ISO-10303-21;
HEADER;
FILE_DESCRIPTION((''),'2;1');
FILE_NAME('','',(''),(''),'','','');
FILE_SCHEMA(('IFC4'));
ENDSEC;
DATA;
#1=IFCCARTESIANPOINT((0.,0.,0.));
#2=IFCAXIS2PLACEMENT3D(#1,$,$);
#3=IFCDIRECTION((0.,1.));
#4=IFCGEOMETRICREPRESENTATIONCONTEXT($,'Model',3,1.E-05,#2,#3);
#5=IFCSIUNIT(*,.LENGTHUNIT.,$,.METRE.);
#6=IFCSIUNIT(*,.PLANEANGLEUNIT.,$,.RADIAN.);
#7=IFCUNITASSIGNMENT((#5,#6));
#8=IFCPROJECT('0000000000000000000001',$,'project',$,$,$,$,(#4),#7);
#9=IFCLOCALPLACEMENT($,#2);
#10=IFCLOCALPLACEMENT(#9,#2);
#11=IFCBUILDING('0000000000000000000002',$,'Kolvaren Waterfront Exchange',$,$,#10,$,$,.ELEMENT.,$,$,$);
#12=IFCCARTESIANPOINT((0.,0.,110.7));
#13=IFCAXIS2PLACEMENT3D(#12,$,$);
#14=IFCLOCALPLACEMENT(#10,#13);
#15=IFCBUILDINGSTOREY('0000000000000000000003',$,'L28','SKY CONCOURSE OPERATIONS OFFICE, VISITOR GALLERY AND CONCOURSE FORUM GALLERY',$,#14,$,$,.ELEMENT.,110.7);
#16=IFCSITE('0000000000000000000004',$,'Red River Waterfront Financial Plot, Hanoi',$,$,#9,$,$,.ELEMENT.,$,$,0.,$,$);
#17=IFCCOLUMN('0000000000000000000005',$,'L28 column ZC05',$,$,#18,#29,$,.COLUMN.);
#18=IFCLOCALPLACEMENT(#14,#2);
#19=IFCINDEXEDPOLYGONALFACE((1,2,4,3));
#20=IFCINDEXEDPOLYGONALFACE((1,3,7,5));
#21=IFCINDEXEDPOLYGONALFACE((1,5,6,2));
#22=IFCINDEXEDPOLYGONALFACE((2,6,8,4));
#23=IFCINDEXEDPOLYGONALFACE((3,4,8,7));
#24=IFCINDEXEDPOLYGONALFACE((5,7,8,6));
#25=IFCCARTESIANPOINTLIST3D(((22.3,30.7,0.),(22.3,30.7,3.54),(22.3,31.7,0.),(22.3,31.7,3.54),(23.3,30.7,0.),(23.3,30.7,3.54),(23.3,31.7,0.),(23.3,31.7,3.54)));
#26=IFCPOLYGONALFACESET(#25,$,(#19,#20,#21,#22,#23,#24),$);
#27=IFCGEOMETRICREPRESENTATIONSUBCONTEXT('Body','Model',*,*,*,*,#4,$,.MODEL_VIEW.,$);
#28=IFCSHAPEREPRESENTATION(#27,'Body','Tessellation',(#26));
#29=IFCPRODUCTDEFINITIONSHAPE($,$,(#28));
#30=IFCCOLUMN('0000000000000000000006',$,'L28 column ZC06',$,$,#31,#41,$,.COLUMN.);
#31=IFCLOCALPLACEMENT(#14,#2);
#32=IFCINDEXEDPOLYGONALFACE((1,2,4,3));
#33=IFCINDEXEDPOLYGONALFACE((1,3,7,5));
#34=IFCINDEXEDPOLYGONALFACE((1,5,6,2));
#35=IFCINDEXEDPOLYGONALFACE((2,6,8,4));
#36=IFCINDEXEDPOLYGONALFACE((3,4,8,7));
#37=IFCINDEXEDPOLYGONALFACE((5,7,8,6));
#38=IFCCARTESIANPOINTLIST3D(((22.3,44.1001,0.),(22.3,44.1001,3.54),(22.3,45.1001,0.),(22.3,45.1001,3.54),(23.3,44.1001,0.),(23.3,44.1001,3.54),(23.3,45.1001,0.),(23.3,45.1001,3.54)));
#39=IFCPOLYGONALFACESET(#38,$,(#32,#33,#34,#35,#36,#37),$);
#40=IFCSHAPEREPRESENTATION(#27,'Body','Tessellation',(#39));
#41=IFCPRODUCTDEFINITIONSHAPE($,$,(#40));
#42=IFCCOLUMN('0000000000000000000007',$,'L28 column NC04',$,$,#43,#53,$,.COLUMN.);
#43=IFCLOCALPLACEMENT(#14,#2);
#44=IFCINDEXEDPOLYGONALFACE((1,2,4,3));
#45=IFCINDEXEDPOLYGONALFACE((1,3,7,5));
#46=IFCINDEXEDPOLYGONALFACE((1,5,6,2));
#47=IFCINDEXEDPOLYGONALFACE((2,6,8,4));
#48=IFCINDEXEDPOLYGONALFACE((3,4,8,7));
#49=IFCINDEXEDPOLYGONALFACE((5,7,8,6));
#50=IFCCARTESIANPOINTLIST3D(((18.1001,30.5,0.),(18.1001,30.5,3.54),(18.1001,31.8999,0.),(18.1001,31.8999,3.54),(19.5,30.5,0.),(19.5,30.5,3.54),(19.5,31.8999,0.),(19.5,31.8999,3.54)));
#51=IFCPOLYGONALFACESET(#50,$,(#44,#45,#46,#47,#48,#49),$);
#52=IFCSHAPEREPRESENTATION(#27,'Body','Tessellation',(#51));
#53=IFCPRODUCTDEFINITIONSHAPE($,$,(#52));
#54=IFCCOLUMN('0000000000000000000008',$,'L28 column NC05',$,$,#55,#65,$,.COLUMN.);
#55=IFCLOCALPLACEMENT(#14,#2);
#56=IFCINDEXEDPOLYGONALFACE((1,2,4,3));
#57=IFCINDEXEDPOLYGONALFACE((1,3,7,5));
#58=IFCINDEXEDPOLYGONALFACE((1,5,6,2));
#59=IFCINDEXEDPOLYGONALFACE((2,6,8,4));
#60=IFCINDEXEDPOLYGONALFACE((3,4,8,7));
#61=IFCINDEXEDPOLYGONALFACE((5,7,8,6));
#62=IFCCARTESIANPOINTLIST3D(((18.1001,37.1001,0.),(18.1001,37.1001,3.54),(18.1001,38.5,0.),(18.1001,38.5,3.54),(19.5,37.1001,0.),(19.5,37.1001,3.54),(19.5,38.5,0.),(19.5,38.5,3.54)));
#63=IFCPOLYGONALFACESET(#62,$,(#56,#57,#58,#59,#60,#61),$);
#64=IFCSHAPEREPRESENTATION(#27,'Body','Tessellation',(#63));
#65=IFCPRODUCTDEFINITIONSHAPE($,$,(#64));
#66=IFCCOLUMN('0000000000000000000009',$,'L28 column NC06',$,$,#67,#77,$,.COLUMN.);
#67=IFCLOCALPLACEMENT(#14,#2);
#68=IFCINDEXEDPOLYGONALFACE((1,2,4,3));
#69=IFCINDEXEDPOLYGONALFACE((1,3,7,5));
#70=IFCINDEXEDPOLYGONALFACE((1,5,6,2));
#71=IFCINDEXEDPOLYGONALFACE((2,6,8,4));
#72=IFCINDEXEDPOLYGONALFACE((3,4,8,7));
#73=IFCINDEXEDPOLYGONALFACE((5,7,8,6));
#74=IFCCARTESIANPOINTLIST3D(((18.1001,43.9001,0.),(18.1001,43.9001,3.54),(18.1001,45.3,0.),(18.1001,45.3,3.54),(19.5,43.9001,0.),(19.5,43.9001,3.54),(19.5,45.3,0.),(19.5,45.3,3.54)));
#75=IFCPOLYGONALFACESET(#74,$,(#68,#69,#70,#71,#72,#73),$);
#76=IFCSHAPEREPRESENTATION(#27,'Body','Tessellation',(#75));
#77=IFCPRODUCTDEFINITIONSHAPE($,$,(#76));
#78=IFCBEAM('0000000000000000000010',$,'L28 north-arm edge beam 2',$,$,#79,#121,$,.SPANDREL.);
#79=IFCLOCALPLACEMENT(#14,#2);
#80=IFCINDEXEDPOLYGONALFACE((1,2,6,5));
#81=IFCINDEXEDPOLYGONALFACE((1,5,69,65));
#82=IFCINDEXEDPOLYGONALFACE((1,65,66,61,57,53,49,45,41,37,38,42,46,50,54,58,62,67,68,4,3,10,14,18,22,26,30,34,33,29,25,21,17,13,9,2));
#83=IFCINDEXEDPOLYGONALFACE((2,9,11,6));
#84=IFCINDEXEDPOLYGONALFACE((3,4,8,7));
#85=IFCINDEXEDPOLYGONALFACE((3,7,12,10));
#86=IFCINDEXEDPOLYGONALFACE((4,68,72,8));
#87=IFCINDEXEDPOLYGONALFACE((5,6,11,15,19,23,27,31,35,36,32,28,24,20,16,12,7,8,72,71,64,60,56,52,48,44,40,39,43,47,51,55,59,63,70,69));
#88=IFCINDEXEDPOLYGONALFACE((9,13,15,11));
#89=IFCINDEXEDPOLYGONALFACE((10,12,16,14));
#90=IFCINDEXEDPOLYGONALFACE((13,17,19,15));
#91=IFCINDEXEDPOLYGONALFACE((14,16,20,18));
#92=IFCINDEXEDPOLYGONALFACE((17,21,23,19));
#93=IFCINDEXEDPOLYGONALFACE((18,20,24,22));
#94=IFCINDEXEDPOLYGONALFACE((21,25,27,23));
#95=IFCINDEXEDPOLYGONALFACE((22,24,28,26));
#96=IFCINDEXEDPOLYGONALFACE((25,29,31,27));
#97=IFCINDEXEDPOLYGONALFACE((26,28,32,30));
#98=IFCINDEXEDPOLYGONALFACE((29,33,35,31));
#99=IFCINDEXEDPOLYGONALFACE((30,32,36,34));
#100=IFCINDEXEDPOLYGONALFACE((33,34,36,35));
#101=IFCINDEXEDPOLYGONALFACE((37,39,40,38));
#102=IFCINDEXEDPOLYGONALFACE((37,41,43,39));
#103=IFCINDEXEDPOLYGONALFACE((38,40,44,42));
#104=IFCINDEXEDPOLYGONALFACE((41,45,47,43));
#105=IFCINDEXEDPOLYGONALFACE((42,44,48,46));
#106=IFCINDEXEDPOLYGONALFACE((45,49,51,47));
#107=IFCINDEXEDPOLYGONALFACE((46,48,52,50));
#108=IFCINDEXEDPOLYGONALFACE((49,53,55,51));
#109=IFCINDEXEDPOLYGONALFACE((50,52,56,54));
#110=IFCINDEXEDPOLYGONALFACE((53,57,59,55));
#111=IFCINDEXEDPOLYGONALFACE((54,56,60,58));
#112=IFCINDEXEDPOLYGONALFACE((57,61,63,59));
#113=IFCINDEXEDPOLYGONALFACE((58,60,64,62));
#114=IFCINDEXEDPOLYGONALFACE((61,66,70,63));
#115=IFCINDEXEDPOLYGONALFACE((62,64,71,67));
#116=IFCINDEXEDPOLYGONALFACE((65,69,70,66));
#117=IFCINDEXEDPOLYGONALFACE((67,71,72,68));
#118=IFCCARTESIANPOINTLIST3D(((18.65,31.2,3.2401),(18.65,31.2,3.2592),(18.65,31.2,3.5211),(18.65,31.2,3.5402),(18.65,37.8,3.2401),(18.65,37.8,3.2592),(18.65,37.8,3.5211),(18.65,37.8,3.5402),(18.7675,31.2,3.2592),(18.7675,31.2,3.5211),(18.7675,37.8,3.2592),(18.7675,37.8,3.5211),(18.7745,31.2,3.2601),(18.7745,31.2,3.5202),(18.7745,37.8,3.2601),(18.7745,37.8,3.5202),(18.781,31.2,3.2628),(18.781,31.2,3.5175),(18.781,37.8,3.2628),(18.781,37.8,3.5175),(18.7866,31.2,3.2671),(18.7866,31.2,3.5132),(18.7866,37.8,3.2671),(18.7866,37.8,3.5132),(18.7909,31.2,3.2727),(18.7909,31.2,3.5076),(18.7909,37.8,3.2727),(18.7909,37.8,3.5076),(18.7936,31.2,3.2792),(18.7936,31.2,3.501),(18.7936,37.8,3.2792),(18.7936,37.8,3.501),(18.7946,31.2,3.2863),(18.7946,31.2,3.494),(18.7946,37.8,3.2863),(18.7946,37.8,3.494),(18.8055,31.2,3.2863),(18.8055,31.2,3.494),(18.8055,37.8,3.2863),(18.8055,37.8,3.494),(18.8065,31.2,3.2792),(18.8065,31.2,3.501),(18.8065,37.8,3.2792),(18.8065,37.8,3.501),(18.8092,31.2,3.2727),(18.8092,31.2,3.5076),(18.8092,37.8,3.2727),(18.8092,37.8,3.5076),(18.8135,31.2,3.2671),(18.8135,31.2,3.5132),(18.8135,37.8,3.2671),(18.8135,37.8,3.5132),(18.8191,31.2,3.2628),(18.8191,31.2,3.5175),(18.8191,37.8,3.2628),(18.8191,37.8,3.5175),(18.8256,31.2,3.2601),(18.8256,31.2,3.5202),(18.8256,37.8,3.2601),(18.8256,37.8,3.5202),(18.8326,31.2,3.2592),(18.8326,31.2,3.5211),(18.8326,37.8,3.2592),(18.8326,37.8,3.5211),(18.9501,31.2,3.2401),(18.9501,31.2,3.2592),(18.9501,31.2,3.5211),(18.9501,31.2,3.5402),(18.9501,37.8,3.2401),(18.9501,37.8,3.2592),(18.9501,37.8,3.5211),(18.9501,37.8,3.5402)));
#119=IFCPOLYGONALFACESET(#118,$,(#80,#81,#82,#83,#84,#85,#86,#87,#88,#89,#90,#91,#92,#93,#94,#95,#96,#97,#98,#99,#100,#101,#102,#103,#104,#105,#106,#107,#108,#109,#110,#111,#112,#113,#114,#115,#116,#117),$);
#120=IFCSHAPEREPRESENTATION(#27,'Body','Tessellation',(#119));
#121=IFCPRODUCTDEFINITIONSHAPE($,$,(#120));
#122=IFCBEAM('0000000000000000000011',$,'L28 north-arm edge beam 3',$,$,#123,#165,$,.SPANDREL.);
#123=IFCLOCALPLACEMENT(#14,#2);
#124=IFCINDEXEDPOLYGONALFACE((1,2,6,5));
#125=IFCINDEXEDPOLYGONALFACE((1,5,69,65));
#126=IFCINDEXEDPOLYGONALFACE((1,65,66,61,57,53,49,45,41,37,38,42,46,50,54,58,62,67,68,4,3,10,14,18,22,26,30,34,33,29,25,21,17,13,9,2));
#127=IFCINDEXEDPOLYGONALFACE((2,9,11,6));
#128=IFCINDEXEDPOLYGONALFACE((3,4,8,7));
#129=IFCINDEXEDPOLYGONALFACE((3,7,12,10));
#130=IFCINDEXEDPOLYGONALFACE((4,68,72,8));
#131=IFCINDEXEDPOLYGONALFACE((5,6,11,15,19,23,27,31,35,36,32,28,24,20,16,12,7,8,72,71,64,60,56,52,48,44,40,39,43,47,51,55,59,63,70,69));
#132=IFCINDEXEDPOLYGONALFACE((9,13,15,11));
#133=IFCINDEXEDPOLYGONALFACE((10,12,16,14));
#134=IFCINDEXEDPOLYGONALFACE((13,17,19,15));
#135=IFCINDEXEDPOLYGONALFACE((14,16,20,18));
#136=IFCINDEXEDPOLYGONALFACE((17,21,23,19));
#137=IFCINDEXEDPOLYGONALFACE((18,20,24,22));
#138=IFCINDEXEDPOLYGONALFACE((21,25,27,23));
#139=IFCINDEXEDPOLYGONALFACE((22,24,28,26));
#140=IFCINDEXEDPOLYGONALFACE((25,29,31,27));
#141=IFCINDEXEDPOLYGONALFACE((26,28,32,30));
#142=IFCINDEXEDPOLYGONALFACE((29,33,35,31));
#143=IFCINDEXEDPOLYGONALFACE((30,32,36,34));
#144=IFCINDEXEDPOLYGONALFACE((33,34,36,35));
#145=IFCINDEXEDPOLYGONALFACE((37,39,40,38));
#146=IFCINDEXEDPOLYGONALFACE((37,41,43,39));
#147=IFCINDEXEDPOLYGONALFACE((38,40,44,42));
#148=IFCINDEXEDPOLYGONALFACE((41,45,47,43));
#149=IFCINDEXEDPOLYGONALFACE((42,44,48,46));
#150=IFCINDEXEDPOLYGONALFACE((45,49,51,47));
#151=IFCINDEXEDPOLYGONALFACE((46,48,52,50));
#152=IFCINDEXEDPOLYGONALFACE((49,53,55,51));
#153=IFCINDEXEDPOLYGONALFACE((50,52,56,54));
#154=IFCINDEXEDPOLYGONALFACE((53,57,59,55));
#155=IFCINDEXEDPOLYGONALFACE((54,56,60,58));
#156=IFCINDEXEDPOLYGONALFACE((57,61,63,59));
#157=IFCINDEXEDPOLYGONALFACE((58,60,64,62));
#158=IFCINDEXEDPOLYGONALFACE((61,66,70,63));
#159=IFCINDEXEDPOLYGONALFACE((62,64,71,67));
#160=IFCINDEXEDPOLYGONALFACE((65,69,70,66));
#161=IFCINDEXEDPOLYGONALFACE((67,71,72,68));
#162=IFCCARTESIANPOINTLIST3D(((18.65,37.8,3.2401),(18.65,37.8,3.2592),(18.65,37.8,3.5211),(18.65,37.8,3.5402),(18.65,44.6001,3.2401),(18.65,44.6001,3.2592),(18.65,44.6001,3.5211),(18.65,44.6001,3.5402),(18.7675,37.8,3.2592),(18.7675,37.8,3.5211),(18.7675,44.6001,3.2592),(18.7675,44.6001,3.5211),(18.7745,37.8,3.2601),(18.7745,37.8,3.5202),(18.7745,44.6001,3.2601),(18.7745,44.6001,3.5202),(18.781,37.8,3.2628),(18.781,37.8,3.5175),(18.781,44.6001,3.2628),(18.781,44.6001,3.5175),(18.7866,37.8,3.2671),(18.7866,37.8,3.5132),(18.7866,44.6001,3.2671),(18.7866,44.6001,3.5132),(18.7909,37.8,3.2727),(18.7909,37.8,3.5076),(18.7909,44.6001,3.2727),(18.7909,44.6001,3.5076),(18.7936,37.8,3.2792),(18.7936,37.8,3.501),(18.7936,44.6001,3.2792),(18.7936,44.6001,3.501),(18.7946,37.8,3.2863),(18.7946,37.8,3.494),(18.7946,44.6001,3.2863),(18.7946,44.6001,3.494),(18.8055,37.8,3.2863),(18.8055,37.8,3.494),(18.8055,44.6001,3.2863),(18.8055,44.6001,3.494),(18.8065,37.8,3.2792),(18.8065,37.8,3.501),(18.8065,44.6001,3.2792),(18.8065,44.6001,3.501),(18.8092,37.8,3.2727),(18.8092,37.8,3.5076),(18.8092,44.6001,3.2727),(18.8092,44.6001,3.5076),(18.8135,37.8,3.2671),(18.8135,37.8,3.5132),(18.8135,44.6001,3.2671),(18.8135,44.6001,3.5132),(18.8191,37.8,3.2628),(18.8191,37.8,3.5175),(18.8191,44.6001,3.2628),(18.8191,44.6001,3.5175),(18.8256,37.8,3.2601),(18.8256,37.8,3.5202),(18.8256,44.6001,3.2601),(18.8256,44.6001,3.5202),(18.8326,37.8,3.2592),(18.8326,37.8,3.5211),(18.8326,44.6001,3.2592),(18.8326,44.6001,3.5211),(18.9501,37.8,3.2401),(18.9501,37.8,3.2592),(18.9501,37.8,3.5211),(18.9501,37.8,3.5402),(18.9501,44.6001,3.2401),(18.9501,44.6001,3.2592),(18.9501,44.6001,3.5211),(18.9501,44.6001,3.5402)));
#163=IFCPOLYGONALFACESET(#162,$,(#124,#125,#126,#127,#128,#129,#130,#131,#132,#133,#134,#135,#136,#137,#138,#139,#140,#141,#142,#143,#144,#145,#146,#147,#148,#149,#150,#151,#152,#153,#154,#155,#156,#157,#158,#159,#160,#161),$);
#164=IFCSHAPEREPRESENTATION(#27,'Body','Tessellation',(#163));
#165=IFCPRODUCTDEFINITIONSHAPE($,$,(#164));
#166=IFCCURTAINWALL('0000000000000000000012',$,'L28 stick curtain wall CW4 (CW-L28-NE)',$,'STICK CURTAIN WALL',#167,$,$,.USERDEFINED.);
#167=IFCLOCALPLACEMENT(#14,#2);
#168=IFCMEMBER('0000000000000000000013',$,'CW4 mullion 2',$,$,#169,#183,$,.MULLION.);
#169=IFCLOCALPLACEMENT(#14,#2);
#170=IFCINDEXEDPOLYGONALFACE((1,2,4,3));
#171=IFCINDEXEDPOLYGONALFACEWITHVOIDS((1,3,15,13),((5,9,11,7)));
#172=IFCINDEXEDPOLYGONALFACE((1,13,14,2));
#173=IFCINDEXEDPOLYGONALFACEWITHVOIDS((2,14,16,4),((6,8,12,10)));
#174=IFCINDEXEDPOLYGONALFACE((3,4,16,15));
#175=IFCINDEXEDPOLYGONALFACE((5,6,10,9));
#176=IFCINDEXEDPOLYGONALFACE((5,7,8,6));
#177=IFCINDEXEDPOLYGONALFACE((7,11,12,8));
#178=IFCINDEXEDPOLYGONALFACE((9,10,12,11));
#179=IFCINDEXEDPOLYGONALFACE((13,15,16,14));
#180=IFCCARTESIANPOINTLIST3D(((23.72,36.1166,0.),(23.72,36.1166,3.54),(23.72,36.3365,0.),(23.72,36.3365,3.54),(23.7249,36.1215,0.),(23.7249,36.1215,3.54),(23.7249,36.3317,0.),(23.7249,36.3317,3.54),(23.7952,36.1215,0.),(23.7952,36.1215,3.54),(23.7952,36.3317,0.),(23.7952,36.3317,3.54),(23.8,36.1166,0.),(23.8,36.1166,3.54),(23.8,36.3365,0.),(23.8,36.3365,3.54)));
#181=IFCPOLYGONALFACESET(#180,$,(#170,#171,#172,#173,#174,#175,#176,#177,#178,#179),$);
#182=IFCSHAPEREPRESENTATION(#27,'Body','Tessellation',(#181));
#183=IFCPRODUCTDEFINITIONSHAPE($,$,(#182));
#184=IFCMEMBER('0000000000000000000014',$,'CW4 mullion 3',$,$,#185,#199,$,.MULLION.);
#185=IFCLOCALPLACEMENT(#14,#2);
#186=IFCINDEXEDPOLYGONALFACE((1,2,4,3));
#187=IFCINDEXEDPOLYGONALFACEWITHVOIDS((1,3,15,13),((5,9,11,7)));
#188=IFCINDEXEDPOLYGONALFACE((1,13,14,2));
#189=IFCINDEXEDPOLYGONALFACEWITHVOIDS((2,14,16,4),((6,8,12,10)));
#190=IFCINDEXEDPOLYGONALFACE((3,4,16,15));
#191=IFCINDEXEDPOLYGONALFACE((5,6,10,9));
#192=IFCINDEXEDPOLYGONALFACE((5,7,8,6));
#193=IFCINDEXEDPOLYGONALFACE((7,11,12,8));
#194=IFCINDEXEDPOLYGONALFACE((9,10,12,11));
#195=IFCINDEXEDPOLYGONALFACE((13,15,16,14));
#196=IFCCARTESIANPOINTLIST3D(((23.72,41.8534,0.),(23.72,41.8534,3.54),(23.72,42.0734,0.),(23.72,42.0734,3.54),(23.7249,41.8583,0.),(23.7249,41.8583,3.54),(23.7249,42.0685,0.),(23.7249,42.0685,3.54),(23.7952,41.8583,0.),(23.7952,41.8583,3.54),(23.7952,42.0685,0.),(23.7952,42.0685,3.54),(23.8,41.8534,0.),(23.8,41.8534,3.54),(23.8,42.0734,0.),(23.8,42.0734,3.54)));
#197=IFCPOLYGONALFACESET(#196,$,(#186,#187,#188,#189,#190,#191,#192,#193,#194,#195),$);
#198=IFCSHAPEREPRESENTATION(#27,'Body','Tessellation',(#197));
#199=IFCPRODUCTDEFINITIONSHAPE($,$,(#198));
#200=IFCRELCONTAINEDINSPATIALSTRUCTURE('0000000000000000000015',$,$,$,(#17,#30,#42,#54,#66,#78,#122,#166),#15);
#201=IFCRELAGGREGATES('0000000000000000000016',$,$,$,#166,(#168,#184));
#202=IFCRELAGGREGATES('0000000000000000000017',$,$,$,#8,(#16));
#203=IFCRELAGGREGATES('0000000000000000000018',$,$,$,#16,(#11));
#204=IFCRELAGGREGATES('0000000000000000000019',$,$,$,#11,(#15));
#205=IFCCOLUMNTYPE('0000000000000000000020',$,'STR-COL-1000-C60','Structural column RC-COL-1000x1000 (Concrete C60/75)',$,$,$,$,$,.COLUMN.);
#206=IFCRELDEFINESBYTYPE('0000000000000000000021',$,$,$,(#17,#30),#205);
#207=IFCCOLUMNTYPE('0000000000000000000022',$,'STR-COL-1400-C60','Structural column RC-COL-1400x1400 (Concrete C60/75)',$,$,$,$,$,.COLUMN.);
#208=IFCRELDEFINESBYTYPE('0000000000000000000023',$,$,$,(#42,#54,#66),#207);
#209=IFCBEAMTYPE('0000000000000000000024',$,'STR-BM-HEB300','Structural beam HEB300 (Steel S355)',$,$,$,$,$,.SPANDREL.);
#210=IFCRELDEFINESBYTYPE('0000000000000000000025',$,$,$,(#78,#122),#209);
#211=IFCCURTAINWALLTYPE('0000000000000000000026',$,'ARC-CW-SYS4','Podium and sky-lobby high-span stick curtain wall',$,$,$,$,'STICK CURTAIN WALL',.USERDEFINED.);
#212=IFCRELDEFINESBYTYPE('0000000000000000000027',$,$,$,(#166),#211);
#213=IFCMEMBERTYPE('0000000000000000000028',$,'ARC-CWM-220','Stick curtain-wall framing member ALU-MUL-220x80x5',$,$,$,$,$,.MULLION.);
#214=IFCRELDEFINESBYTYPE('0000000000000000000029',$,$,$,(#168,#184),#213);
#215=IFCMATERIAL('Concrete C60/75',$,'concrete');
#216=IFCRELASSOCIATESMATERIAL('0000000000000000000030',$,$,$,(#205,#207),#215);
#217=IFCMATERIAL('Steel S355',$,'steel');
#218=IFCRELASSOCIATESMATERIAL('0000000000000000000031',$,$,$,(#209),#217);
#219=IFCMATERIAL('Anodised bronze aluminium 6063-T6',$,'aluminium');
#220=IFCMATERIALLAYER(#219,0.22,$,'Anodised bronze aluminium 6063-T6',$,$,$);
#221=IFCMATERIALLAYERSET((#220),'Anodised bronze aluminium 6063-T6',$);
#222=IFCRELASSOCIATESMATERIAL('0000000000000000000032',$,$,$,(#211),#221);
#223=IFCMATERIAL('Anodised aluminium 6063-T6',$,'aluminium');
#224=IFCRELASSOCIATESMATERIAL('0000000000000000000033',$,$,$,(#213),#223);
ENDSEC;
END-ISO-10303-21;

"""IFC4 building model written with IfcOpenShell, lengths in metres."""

from ifc_helpers import new_model, si_unit, direction, frame, origin, origin_with_axes, origin_2d, place, context, subcontext, project, spatial, rectangle, hollow_rectangle, i_section, extrude, source, transform, mapped, material, layer, layer_set, material_profile, profile_set, type_object, element, aggregate, save


model = new_model("IFC4")

# Units and contexts
model_context = context("Model", 3, precision=1e-05, world=origin(), true_north=direction((0.0, 1.0)))
body_context = subcontext(model_context, "Body", "Model", "MODEL_VIEW")
ifc_project = project(units=[si_unit("LENGTHUNIT", "METRE"), si_unit("PLANEANGLEUNIT", "RADIAN")], contexts=[model_context])

# Site, building, storey
site_placement = place(None, origin())
site = spatial("IfcSite", under=ifc_project, at=site_placement, Name="Red River Waterfront Financial Plot, Hanoi", CompositionType="ELEMENT", RefElevation=0.0)
building_placement = place(site_placement, origin())
building = spatial("IfcBuilding", under=site, at=building_placement, Name="Kolvaren Waterfront Exchange", CompositionType="ELEMENT")
storey_placement = place(building_placement, frame((0.0, 0.0, 110.7)))
storey = spatial("IfcBuildingStorey", under=building, at=storey_placement, Name="L28", Description="SKY CONCOURSE OPERATIONS OFFICE, VISITOR GALLERY AND CONCOURSE FORUM GALLERY", CompositionType="ELEMENT", Elevation=110.7)

# Columns
ifc_material_1 = material(Name="Concrete C60/75", Category="concrete")
ifc_material_profile_1 = material_profile(ifc_material_1, rectangle(XDim=1.0, YDim=1.0, at=origin_2d()), Name="RC-COL-1000x1000")
ifc_profile_set_1 = profile_set([ifc_material_profile_1], Name="Concrete C60/75")
column_type_1 = type_object("IfcColumnType", Name="STR-COL-1000-C60", Description="Structural column RC-COL-1000x1000 (Concrete C60/75)", PredefinedType="COLUMN", material=ifc_profile_set_1)
for number, where, z_axis, x_axis, name in (
    (1, (22.8, 31.2, 0.0), (0.0, 0.0, 1.0), (1.0, 0.0, 0.0), "L28 column ZC05"),
    (2, (22.8, 44.6001, 0.0), (0.0, 0.0, 1.0), (1.0, 0.0, 0.0), "L28 column ZC06"),
):
    element("IfcColumn", number, at=place(storey_placement, frame(where, z_axis=z_axis, x_axis=x_axis)), inside=storey, type_object=column_type_1, Name=name, PredefinedType="COLUMN", context=body_context, shape_type="SweptSolid", body=[
        extrude(rectangle(XDim=1.0, YDim=1.0, at=origin_2d()), origin(), (0.0, 0.0, 1.0), 3.54),
    ])
ifc_material_profile_2 = material_profile(ifc_material_1, rectangle(XDim=1.3999, YDim=1.3999, at=origin_2d()), Name="RC-COL-1400x1400")
ifc_profile_set_2 = profile_set([ifc_material_profile_2], Name="Concrete C60/75")
column_type_2 = type_object("IfcColumnType", Name="STR-COL-1400-C60", Description="Structural column RC-COL-1400x1400 (Concrete C60/75)", PredefinedType="COLUMN", material=ifc_profile_set_2)
for number, where, z_axis, x_axis, name in (
    (3, (18.8, 31.2, 0.0), (0.0, 0.0, 1.0), (1.0, 0.0, 0.0), "L28 column NC04"),
    (4, (18.8, 37.8, 0.0), (0.0, 0.0, 1.0), (1.0, 0.0, 0.0), "L28 column NC05"),
    (5, (18.8, 44.6001, 0.0), (0.0, 0.0, 1.0), (1.0, 0.0, 0.0), "L28 column NC06"),
):
    element("IfcColumn", number, at=place(storey_placement, frame(where, z_axis=z_axis, x_axis=x_axis)), inside=storey, type_object=column_type_2, Name=name, PredefinedType="COLUMN", context=body_context, shape_type="SweptSolid", body=[
        extrude(rectangle(XDim=1.3999, YDim=1.3999, at=origin_2d()), origin(), (0.0, 0.0, 1.0), 3.54),
    ])

# Beams
ifc_material_2 = material(Name="Steel S355", Category="steel")
ifc_material_profile_3 = material_profile(ifc_material_2, i_section(OverallWidth=0.3, OverallDepth=0.3, WebThickness=0.011, FlangeThickness=0.019, FilletRadius=0.0271, at=origin_2d()), Name="HEB300")
ifc_profile_set_3 = profile_set([ifc_material_profile_3], Name="Steel S355")
beam_type = type_object("IfcBeamType", Name="STR-BM-HEB300", Description="Structural beam HEB300 (Steel S355)", PredefinedType="SPANDREL", material=ifc_profile_set_3)
beam_1_placement = place(storey_placement, frame((18.8, 31.2, 3.3901), z_axis=(0.0, 1.0, 0.0), x_axis=(-1.0, 0.0, 0.0)))
element("IfcBeam", 6, at=beam_1_placement, inside=storey, type_object=beam_type, Name="L28 north-arm edge beam 2", PredefinedType="SPANDREL", context=body_context, shape_type="SweptSolid", body=[
    extrude(i_section(OverallWidth=0.3, OverallDepth=0.3, WebThickness=0.011, FlangeThickness=0.019, FilletRadius=0.0271, at=origin_2d()), origin(), (0.0, 0.0, 1.0), 6.6001),
])
beam_2_placement = place(storey_placement, frame((18.8, 37.8, 3.3901), z_axis=(0.0, 1.0, 0.0), x_axis=(-1.0, 0.0, 0.0)))
element("IfcBeam", 7, at=beam_2_placement, inside=storey, type_object=beam_type, Name="L28 north-arm edge beam 3", PredefinedType="SPANDREL", context=body_context, shape_type="SweptSolid", body=[
    extrude(i_section(OverallWidth=0.3, OverallDepth=0.3, WebThickness=0.011, FlangeThickness=0.019, FilletRadius=0.0271, at=origin_2d()), origin(), (0.0, 0.0, 1.0), 6.8),
])

# Curtain wall, members
ifc_material_3 = material(Name="Anodised bronze aluminium 6063-T6", Category="aluminium")
ifc_layer_1 = layer(ifc_material_3, 0.22, Name="Anodised bronze aluminium 6063-T6")
ifc_layer_set_1 = layer_set([ifc_layer_1], Name="Anodised bronze aluminium 6063-T6")
curtain_wall_type = type_object("IfcCurtainWallType", Name="ARC-CW-SYS4", Description="Podium and sky-lobby high-span stick curtain wall", ElementType="STICK CURTAIN WALL", PredefinedType="USERDEFINED", material=ifc_layer_set_1)
curtain_wall_placement = place(storey_placement, origin())
curtain_wall = element("IfcCurtainWall", 8, at=curtain_wall_placement, inside=storey, type_object=curtain_wall_type, Name="L28 stick curtain wall CW4 (CW-L28-NE)", ObjectType="STICK CURTAIN WALL", PredefinedType="USERDEFINED")
ifc_material_4 = material(Name="Anodised aluminium 6063-T6", Category="aluminium")
ifc_material_profile_4 = material_profile(ifc_material_4, hollow_rectangle(XDim=0.0801, YDim=0.22, WallThickness=0.0049, at=origin_2d()), Name="ALU-MUL-220x80x5")
ifc_profile_set_4 = profile_set([ifc_material_profile_4], Name="Anodised aluminium 6063-T6")
member_type_1 = type_object("IfcMemberType", Name="ARC-CWM-220", Description="Stick curtain-wall framing member ALU-MUL-220x80x5", PredefinedType="MULLION", material=ifc_profile_set_4)
shared_shape_1 = source(origin_with_axes(), body_context, "Body", "SweptSolid", [
    extrude(hollow_rectangle(XDim=0.0801, YDim=0.22, WallThickness=0.0049, at=origin_2d()), origin(), (0.0, 0.0, 1.0), 3.54),
])
member_1_placement = place(storey_placement, frame((23.76, 36.2266, 0.0), z_axis=(0.0, 0.0, 1.0), x_axis=(-1.0, 0.0, 0.0)))
member_1 = element("IfcMember", 9, at=member_1_placement, type_object=member_type_1, Name="CW4 mullion 2", PredefinedType="MULLION", context=body_context, shape_type="MappedRepresentation", body=[
    mapped(shared_shape_1, transform((0.0, 0.0, 0.0), x_axis=(1.0, 0.0, 0.0), y_axis=(0.0, 1.0, 0.0), z_axis=(0.0, 0.0, 1.0), scale=1.0)),
])
member_2_placement = place(storey_placement, frame((23.76, 41.9634, 0.0), z_axis=(0.0, 0.0, 1.0), x_axis=(-1.0, 0.0, 0.0)))
member_2 = element("IfcMember", 10, at=member_2_placement, type_object=member_type_1, Name="CW4 mullion 3", PredefinedType="MULLION", context=body_context, shape_type="MappedRepresentation", body=[
    mapped(shared_shape_1, transform((0.0, 0.0, 0.0), x_axis=(1.0, 0.0, 0.0), y_axis=(0.0, 1.0, 0.0), z_axis=(0.0, 0.0, 1.0), scale=1.0)),
])
aggregate(curtain_wall, [member_1, member_2])

save(model, "model.ifc")
